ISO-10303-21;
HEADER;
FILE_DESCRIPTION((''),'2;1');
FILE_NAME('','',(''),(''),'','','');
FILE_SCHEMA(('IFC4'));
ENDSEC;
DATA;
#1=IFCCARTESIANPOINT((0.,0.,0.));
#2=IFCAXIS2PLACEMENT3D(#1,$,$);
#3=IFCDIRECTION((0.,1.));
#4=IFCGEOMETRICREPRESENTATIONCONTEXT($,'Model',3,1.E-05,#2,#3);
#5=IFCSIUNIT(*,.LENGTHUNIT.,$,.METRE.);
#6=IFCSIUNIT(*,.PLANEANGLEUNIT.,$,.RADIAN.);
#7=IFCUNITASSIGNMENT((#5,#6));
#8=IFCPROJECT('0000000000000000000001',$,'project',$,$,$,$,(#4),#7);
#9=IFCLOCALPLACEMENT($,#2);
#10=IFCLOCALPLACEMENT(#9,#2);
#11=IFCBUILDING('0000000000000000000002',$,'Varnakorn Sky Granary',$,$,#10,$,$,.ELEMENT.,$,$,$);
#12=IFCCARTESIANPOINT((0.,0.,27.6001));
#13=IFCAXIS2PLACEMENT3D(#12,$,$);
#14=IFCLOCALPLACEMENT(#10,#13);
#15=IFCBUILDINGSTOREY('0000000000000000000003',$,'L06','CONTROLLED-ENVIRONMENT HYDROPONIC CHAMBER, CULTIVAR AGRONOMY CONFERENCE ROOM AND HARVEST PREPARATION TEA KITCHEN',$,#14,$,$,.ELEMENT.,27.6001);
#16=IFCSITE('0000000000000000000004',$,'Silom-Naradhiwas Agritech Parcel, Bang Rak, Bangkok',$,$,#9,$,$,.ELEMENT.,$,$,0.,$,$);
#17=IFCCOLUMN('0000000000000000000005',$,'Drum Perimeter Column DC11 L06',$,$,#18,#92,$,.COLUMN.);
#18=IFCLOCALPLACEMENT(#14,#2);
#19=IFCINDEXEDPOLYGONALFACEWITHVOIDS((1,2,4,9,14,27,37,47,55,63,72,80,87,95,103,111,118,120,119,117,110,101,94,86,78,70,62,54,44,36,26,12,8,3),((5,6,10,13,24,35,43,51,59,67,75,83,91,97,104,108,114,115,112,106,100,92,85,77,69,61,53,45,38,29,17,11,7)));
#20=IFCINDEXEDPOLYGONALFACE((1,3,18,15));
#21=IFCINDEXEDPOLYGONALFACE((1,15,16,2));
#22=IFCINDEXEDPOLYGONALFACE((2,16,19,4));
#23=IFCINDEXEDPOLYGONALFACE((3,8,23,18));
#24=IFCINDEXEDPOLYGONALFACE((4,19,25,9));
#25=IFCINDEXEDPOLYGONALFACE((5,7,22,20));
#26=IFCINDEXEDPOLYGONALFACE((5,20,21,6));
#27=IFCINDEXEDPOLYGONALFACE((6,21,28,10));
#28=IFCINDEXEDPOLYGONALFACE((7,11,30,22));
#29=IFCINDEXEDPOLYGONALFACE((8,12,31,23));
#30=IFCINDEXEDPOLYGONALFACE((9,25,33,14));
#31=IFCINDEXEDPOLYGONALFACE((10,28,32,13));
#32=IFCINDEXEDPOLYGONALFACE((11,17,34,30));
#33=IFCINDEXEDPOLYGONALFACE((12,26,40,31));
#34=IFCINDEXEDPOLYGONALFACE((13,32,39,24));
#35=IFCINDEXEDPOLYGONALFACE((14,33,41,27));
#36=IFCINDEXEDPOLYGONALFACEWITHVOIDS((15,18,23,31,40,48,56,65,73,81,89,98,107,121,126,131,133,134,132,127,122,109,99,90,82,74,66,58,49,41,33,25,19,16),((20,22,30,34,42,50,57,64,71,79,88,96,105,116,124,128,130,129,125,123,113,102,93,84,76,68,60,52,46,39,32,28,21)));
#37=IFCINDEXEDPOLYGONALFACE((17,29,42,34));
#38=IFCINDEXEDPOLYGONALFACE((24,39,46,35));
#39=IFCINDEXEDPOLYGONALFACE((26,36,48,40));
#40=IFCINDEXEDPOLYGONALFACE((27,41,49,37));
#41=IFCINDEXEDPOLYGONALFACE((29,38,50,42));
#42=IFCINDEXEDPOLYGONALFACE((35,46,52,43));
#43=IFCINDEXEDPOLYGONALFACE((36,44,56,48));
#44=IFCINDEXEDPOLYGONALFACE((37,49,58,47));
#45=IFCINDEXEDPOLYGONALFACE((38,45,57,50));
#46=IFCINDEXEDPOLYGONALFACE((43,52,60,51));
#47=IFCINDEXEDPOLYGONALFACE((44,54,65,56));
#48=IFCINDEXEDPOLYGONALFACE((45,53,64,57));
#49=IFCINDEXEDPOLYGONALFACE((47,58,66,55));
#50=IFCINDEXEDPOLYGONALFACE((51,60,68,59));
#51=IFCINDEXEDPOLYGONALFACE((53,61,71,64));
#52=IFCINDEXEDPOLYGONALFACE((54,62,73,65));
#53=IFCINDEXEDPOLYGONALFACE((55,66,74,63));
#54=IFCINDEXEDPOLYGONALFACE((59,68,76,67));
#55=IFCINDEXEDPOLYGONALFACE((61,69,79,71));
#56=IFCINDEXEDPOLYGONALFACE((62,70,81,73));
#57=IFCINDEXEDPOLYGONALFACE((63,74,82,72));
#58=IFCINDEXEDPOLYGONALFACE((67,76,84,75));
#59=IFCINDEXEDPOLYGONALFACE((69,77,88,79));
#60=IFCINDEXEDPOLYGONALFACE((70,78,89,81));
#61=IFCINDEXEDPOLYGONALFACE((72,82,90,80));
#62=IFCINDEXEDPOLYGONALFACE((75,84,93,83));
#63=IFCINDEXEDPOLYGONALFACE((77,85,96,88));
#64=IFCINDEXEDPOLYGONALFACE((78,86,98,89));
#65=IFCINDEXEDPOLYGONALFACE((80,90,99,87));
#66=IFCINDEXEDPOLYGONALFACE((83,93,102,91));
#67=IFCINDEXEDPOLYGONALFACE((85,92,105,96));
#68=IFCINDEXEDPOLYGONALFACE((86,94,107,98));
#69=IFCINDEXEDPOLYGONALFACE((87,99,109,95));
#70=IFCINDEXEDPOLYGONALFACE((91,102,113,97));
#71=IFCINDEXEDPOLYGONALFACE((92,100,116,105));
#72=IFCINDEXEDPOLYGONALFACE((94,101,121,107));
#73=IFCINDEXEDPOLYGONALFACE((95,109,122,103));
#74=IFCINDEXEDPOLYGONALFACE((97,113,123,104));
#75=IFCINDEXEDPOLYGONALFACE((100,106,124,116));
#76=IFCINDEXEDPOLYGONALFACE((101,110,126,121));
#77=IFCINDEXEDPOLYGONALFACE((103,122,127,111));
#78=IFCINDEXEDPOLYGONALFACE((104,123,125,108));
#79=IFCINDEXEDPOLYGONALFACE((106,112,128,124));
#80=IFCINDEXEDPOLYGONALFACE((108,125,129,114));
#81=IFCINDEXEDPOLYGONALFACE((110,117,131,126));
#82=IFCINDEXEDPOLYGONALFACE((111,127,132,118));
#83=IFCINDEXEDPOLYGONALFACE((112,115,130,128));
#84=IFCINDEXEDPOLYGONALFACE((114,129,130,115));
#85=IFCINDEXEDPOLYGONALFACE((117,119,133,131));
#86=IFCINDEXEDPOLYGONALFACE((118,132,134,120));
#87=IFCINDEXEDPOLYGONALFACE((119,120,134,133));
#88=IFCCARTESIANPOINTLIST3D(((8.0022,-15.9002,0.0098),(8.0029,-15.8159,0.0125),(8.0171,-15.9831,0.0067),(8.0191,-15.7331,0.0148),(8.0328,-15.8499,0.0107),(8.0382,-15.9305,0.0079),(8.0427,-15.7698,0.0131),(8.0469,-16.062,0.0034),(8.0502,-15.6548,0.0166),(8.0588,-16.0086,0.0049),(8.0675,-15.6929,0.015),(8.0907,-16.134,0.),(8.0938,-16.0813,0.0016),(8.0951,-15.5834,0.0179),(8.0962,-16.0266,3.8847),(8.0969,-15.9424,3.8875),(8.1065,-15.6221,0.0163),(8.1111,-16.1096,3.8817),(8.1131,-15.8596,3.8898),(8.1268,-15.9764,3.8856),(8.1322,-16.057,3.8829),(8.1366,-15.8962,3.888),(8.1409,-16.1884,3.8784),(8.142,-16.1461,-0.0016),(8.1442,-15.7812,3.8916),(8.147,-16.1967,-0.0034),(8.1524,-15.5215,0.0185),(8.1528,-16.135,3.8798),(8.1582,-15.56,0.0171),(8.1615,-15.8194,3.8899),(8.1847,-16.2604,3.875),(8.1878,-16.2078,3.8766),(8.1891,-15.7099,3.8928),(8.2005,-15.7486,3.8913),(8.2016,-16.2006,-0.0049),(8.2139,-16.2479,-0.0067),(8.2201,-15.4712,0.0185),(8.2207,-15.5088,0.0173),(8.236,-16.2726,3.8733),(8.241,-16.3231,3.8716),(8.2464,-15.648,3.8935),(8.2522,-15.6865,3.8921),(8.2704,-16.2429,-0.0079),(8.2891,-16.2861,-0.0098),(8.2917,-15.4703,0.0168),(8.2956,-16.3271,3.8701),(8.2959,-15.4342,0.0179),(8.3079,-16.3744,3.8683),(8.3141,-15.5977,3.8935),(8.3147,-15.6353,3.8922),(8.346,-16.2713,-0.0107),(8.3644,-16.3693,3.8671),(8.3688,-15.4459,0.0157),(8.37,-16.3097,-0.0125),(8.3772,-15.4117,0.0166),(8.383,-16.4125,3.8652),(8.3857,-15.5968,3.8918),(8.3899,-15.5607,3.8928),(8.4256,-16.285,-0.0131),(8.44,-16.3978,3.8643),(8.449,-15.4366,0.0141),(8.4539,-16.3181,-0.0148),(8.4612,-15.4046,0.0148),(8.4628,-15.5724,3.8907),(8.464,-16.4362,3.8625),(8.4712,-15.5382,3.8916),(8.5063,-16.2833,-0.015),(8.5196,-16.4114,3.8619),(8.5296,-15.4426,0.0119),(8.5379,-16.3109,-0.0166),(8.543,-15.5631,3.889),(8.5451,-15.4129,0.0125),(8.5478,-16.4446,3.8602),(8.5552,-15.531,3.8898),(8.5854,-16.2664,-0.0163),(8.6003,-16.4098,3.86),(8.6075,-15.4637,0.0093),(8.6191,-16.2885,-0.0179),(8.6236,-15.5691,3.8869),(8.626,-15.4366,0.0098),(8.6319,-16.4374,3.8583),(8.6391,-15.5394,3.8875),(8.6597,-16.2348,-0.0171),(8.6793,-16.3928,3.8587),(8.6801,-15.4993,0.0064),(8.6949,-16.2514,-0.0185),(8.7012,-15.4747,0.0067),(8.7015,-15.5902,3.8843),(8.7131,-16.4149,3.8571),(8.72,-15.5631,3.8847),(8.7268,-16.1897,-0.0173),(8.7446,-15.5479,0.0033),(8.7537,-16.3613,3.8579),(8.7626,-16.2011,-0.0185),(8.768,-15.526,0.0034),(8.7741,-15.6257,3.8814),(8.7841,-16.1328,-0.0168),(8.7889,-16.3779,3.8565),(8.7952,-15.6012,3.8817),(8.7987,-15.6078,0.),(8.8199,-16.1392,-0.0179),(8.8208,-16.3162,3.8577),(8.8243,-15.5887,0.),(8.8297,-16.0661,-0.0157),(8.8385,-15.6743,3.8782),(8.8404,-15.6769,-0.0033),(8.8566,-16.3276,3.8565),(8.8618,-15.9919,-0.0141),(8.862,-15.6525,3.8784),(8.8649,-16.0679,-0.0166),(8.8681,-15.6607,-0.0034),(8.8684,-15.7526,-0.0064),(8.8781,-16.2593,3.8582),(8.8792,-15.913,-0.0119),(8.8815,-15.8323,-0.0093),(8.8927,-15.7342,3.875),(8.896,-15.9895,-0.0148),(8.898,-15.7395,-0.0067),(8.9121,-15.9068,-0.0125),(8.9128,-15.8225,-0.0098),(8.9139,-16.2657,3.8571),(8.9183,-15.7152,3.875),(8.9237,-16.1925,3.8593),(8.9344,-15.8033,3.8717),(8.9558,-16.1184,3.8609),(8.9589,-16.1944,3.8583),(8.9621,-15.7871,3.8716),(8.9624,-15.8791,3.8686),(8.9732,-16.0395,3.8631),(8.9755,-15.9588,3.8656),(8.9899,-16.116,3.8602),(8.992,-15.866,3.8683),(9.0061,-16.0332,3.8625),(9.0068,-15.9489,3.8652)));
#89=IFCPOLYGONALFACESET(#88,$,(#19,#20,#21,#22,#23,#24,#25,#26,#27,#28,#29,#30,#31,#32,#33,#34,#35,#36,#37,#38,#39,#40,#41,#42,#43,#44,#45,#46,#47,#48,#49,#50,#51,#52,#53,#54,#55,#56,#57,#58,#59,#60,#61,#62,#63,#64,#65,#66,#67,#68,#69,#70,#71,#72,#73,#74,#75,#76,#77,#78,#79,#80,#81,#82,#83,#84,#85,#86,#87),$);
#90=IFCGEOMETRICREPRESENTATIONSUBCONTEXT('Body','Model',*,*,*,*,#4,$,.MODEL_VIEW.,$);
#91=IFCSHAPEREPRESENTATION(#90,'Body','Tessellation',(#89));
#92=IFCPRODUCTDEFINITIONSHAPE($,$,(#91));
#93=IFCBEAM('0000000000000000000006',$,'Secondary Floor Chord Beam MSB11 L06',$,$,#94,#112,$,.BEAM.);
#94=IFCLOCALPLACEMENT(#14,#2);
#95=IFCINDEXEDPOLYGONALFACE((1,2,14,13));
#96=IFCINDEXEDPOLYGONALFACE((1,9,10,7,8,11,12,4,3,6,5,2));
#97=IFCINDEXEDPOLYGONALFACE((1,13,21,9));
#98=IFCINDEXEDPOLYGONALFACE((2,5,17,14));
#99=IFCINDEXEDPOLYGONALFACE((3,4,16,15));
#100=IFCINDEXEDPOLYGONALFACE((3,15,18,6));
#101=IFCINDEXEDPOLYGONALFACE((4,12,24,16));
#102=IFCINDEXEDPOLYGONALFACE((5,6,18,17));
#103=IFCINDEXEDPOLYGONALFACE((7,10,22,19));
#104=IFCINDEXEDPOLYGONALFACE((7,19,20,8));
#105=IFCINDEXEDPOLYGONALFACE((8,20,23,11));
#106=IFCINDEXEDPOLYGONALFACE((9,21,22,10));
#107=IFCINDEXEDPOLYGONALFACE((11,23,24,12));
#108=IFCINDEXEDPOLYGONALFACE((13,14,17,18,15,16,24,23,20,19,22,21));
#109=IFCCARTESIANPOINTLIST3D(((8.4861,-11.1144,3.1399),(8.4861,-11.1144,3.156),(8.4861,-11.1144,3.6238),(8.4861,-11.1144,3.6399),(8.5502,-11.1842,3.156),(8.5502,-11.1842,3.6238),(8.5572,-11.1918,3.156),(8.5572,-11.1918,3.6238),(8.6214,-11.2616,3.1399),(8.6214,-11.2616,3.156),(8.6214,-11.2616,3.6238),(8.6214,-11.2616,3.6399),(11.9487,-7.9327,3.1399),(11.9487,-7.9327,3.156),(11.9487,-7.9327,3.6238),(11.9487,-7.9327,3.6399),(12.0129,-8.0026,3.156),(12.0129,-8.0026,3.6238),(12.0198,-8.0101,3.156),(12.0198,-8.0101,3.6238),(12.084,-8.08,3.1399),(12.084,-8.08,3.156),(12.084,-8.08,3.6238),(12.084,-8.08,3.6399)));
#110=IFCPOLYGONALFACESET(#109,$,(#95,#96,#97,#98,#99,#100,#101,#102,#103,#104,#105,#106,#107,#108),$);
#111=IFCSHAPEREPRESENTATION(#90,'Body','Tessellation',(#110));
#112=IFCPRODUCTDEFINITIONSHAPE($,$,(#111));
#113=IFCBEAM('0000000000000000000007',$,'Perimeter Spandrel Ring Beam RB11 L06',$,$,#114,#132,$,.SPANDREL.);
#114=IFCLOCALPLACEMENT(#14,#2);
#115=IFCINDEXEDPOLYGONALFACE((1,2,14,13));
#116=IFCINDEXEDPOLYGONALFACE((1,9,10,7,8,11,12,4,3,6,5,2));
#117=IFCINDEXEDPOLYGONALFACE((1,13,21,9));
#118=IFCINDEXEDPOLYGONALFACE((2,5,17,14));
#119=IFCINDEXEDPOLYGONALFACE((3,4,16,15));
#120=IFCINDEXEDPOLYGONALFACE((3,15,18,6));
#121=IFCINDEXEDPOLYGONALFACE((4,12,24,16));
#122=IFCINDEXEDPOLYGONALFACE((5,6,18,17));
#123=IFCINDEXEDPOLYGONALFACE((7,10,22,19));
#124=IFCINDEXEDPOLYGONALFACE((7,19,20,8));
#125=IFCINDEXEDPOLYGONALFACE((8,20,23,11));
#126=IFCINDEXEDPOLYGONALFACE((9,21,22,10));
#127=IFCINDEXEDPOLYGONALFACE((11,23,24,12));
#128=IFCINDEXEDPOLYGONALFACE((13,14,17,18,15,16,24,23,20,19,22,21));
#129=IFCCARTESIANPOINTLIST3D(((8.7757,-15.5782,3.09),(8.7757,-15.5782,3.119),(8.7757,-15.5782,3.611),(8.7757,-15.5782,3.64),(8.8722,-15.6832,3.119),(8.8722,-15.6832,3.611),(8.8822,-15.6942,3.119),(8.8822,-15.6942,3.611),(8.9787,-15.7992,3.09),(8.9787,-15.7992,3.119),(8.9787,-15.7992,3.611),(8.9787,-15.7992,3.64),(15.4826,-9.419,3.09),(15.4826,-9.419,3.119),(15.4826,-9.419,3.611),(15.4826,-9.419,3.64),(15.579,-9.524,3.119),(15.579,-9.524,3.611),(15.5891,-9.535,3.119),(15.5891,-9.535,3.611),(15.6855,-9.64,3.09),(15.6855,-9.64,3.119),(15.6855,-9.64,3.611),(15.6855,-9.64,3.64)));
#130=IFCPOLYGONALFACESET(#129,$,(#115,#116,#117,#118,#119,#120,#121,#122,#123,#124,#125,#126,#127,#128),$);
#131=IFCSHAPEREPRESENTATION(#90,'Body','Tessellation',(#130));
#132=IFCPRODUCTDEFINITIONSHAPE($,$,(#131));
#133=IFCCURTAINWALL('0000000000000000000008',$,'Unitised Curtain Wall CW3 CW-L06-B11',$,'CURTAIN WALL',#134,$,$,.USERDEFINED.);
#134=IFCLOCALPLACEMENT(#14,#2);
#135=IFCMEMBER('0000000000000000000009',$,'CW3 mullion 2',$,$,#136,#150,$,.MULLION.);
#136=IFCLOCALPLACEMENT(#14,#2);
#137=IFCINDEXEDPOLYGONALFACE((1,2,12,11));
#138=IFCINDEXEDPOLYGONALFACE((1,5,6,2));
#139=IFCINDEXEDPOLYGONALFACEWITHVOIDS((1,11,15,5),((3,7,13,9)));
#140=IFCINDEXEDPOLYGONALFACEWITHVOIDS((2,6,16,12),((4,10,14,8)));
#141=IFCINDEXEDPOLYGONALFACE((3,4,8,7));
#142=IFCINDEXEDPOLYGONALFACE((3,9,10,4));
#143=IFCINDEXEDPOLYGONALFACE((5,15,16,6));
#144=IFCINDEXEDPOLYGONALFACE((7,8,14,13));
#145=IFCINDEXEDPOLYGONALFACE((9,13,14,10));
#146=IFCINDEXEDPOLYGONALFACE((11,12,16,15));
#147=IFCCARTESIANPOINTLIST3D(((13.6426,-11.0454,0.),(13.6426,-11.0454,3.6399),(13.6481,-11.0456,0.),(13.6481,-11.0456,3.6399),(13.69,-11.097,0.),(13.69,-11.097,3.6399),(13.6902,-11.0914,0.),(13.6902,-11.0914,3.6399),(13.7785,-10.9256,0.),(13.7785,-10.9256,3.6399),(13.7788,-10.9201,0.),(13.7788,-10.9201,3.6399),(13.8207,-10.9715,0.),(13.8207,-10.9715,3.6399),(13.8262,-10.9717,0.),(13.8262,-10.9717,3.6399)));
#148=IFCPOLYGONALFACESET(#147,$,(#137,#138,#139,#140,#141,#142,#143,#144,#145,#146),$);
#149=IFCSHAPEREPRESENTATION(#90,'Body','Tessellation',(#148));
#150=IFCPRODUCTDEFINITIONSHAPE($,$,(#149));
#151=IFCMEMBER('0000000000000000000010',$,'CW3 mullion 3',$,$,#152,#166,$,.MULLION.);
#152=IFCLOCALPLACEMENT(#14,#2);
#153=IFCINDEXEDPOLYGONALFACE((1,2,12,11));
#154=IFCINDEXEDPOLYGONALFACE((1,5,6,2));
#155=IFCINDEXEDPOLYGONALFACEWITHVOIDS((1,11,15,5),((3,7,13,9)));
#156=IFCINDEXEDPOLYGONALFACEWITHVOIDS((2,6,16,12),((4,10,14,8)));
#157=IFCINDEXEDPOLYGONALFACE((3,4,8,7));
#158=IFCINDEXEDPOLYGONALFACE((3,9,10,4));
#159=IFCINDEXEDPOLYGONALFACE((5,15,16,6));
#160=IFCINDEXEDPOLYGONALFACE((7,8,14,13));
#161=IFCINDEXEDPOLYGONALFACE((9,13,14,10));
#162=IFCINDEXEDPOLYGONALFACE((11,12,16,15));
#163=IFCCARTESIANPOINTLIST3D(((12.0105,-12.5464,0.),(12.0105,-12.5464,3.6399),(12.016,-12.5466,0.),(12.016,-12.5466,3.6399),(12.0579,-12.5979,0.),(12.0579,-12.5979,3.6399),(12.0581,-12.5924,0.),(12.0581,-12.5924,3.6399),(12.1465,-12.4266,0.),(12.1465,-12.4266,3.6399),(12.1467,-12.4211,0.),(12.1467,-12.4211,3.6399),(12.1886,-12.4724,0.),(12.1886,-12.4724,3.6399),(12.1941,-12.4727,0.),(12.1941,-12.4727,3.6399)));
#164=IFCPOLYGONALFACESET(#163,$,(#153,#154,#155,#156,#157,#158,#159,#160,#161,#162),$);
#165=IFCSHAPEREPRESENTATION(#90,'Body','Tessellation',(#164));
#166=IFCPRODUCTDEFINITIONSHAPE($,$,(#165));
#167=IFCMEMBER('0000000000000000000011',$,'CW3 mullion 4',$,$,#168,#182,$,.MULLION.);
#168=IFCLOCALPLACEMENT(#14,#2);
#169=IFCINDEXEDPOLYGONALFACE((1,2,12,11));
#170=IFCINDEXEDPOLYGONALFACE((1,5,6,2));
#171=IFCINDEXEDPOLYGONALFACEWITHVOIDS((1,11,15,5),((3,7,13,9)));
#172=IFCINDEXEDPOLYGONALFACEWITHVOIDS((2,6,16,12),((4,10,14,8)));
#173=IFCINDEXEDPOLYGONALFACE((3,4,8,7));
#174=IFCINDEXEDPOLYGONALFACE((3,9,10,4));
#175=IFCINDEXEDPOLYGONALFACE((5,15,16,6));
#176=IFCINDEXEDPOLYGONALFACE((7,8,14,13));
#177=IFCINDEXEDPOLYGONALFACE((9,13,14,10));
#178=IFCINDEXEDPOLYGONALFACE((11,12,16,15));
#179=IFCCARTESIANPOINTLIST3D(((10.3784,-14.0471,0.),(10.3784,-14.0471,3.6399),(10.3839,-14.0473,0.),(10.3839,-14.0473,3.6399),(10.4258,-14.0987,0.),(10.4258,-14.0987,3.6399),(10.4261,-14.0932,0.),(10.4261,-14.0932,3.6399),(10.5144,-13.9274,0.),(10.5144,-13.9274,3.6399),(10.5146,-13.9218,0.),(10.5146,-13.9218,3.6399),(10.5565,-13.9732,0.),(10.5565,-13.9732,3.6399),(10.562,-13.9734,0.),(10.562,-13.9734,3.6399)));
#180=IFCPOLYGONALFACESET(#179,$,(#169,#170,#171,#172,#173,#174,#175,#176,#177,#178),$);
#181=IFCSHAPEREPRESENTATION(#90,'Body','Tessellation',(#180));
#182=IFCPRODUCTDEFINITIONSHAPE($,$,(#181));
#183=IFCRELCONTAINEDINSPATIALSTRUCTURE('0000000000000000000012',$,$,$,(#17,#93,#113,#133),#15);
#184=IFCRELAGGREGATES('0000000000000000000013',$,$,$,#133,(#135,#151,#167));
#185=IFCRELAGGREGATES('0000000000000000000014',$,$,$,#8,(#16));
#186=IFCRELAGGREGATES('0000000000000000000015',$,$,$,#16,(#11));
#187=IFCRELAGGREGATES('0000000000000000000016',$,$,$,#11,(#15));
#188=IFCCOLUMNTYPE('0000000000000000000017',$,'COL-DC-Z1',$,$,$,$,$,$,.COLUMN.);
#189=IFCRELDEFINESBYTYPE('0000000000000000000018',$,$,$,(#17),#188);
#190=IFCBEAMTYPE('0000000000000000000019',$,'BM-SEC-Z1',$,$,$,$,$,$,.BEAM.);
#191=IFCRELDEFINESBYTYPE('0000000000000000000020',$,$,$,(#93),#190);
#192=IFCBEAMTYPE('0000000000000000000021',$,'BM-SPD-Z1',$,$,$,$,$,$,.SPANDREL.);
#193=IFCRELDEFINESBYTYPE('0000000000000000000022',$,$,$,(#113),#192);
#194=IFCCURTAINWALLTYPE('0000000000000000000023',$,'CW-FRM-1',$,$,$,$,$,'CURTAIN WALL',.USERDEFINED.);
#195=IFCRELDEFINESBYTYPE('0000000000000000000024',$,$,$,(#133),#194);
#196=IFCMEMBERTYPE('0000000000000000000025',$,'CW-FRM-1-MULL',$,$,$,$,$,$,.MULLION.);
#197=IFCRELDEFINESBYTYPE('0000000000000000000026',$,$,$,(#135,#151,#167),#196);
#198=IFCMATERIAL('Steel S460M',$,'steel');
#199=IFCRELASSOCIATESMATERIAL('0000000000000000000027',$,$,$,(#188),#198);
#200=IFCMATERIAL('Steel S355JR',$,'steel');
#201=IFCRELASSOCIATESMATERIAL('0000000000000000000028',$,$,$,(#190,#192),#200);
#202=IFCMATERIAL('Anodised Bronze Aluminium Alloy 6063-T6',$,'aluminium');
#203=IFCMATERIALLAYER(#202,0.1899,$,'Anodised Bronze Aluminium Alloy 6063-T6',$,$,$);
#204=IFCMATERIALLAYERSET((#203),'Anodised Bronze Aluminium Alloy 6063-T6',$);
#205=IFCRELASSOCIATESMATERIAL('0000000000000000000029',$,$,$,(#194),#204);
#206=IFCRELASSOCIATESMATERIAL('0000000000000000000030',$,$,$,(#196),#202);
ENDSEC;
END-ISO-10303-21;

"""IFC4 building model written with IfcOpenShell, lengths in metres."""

from ifc_helpers import new_model, si_unit, direction, frame, origin, origin_2d, place, context, subcontext, project, spatial, hollow_rectangle, hollow_circle, i_section, extrude, material, layer, layer_set, material_profile, profile_set, type_object, element, aggregate, save


model = new_model("IFC4")

# Units and contexts
model_context = context("Model", 3, precision=1e-05, world=origin(), true_north=direction((0.0, 1.0)))
body_context = subcontext(model_context, "Body", "Model", "MODEL_VIEW")
ifc_project = project(units=[si_unit("LENGTHUNIT", "METRE"), si_unit("PLANEANGLEUNIT", "RADIAN")], contexts=[model_context])

# Site, building, storey
site_placement = place(None, origin())
site = spatial("IfcSite", under=ifc_project, at=site_placement, Name="Silom-Naradhiwas Agritech Parcel, Bang Rak, Bangkok", CompositionType="ELEMENT", RefElevation=0.0)
building_placement = place(site_placement, origin())
building = spatial("IfcBuilding", under=site, at=building_placement, Name="Varnakorn Sky Granary", CompositionType="ELEMENT")
storey_placement = place(building_placement, frame((0.0, 0.0, 27.6001)))
storey = spatial("IfcBuildingStorey", under=building, at=storey_placement, Name="L06", Description="CONTROLLED-ENVIRONMENT HYDROPONIC CHAMBER, CULTIVAR AGRONOMY CONFERENCE ROOM AND HARVEST PREPARATION TEA KITCHEN", CompositionType="ELEMENT", Elevation=27.6001)

# Column
ifc_material_1 = material(Name="Steel S460M", Category="steel")
ifc_material_profile_1 = material_profile(ifc_material_1, hollow_circle(Radius=0.457, WallThickness=0.032, at=origin_2d()), Name="CHS 914x32")
ifc_profile_set_1 = profile_set([ifc_material_profile_1], Name="Steel S460M")
column_type = type_object("IfcColumnType", Name="COL-DC-Z1", PredefinedType="COLUMN", material=ifc_profile_set_1)
column_placement = place(storey_placement, frame((8.4575, -15.8613, 0.0), z_axis=(0.024237, -0.032609, 0.999174), x_axis=(0.802595, 0.596524, 0.0)))
element("IfcColumn", 1, at=column_placement, inside=storey, type_object=column_type, Name="Drum Perimeter Column DC11 L06", PredefinedType="COLUMN", context=body_context, shape_type="SweptSolid", body=[
    extrude(hollow_circle(Radius=0.457, WallThickness=0.032, at=origin_2d()), origin(), (0.0, 0.0, 1.0), 3.8782),
])

# Beams
ifc_material_2 = material(Name="Steel S355JR", Category="steel")
ifc_material_profile_2 = material_profile(ifc_material_2, i_section(OverallWidth=0.2, OverallDepth=0.5, WebThickness=0.0103, FlangeThickness=0.0161, at=origin_2d()), Name="IPE 500")
ifc_profile_set_2 = profile_set([ifc_material_profile_2], Name="Steel S355JR")
beam_type_1 = type_object("IfcBeamType", Name="BM-SEC-Z1", PredefinedType="BEAM", material=ifc_profile_set_2)
beam_1_placement = place(storey_placement, frame((8.5537, -11.188, 3.3899), z_axis=(0.736354, 0.676596, 0.0), x_axis=(-0.676596, 0.736354, 0.0)))
element("IfcBeam", 2, at=beam_1_placement, inside=storey, type_object=beam_type_1, Name="Secondary Floor Chord Beam MSB11 L06", PredefinedType="BEAM", context=body_context, shape_type="SweptSolid", body=[
    extrude(i_section(OverallWidth=0.2, OverallDepth=0.5, WebThickness=0.0103, FlangeThickness=0.0161, at=origin_2d()), origin(), (0.0, 0.0, 1.0), 4.7024),
])
ifc_material_profile_3 = material_profile(ifc_material_2, i_section(OverallWidth=0.3, OverallDepth=0.55, WebThickness=0.0149, FlangeThickness=0.0291, at=origin_2d()), Name="HE 550 B")
ifc_profile_set_3 = profile_set([ifc_material_profile_3], Name="Steel S355JR")
beam_type_2 = type_object("IfcBeamType", Name="BM-SPD-Z1", PredefinedType="SPANDREL", material=ifc_profile_set_3)
beam_2_placement = place(storey_placement, frame((8.8772, -15.6887, 3.365), z_axis=(0.736536, 0.676398, 0.0), x_axis=(-0.676398, 0.736536, 0.0)))
element("IfcBeam", 3, at=beam_2_placement, inside=storey, type_object=beam_type_2, Name="Perimeter Spandrel Ring Beam RB11 L06", PredefinedType="SPANDREL", context=body_context, shape_type="SweptSolid", body=[
    extrude(i_section(OverallWidth=0.3, OverallDepth=0.55, WebThickness=0.0149, FlangeThickness=0.0291, at=origin_2d()), origin(), (0.0, 0.0, 1.0), 9.106),
])

# Curtain wall, members
ifc_material_3 = material(Name="Anodised Bronze Aluminium Alloy 6063-T6", Category="aluminium")
ifc_layer_1 = layer(ifc_material_3, 0.1899, Name="Anodised Bronze Aluminium Alloy 6063-T6")
ifc_layer_set_1 = layer_set([ifc_layer_1], Name="Anodised Bronze Aluminium Alloy 6063-T6")
curtain_wall_type = type_object("IfcCurtainWallType", Name="CW-FRM-1", ElementType="CURTAIN WALL", PredefinedType="USERDEFINED", material=ifc_layer_set_1)
curtain_wall_placement = place(storey_placement, origin())
curtain_wall = element("IfcCurtainWall", 4, at=curtain_wall_placement, inside=storey, type_object=curtain_wall_type, Name="Unitised Curtain Wall CW3 CW-L06-B11", ObjectType="CURTAIN WALL", PredefinedType="USERDEFINED")
ifc_material_profile_4 = material_profile(ifc_material_3, hollow_rectangle(XDim=0.0701, YDim=0.1851, WallThickness=0.0039, at=origin_2d()), Name="ALU MULL 70x185")
ifc_profile_set_4 = profile_set([ifc_material_profile_4], Name="Anodised Bronze Aluminium Alloy 6063-T6")
member_type_1 = type_object("IfcMemberType", Name="CW-FRM-1-MULL", PredefinedType="MULLION", material=ifc_profile_set_4)
member_1_placement = place(storey_placement, frame((13.7344, -11.0085, 0.0), z_axis=(0.0, 0.0, 1.0), x_axis=(0.676914, -0.736062, 0.0)))
member_1 = element("IfcMember", 5, at=member_1_placement, type_object=member_type_1, Name="CW3 mullion 2", PredefinedType="MULLION", context=body_context, shape_type="SweptSolid", body=[
    extrude(hollow_rectangle(XDim=0.0701, YDim=0.1851, WallThickness=0.0039, at=origin_2d()), origin(), (0.0, 0.0, 1.0), 3.6399),
])
member_2_placement = place(storey_placement, frame((12.1023, -12.5095, 0.0), z_axis=(0.0, 0.0, 1.0), x_axis=(0.676914, -0.736062, 0.0)))
member_2 = element("IfcMember", 6, at=member_2_placement, type_object=member_type_1, Name="CW3 mullion 3", PredefinedType="MULLION", context=body_context, shape_type="SweptSolid", body=[
    extrude(hollow_rectangle(XDim=0.0701, YDim=0.1851, WallThickness=0.0039, at=origin_2d()), origin(), (0.0, 0.0, 1.0), 3.6399),
])
member_3_placement = place(storey_placement, frame((10.4702, -14.0103, 0.0), z_axis=(0.0, 0.0, 1.0), x_axis=(0.676914, -0.736062, 0.0)))
member_3 = element("IfcMember", 7, at=member_3_placement, type_object=member_type_1, Name="CW3 mullion 4", PredefinedType="MULLION", context=body_context, shape_type="SweptSolid", body=[
    extrude(hollow_rectangle(XDim=0.0701, YDim=0.1851, WallThickness=0.0039, at=origin_2d()), origin(), (0.0, 0.0, 1.0), 3.6399),
])

aggregate(curtain_wall, [member_1, member_2, member_3])

save(model, "model.ifc")
